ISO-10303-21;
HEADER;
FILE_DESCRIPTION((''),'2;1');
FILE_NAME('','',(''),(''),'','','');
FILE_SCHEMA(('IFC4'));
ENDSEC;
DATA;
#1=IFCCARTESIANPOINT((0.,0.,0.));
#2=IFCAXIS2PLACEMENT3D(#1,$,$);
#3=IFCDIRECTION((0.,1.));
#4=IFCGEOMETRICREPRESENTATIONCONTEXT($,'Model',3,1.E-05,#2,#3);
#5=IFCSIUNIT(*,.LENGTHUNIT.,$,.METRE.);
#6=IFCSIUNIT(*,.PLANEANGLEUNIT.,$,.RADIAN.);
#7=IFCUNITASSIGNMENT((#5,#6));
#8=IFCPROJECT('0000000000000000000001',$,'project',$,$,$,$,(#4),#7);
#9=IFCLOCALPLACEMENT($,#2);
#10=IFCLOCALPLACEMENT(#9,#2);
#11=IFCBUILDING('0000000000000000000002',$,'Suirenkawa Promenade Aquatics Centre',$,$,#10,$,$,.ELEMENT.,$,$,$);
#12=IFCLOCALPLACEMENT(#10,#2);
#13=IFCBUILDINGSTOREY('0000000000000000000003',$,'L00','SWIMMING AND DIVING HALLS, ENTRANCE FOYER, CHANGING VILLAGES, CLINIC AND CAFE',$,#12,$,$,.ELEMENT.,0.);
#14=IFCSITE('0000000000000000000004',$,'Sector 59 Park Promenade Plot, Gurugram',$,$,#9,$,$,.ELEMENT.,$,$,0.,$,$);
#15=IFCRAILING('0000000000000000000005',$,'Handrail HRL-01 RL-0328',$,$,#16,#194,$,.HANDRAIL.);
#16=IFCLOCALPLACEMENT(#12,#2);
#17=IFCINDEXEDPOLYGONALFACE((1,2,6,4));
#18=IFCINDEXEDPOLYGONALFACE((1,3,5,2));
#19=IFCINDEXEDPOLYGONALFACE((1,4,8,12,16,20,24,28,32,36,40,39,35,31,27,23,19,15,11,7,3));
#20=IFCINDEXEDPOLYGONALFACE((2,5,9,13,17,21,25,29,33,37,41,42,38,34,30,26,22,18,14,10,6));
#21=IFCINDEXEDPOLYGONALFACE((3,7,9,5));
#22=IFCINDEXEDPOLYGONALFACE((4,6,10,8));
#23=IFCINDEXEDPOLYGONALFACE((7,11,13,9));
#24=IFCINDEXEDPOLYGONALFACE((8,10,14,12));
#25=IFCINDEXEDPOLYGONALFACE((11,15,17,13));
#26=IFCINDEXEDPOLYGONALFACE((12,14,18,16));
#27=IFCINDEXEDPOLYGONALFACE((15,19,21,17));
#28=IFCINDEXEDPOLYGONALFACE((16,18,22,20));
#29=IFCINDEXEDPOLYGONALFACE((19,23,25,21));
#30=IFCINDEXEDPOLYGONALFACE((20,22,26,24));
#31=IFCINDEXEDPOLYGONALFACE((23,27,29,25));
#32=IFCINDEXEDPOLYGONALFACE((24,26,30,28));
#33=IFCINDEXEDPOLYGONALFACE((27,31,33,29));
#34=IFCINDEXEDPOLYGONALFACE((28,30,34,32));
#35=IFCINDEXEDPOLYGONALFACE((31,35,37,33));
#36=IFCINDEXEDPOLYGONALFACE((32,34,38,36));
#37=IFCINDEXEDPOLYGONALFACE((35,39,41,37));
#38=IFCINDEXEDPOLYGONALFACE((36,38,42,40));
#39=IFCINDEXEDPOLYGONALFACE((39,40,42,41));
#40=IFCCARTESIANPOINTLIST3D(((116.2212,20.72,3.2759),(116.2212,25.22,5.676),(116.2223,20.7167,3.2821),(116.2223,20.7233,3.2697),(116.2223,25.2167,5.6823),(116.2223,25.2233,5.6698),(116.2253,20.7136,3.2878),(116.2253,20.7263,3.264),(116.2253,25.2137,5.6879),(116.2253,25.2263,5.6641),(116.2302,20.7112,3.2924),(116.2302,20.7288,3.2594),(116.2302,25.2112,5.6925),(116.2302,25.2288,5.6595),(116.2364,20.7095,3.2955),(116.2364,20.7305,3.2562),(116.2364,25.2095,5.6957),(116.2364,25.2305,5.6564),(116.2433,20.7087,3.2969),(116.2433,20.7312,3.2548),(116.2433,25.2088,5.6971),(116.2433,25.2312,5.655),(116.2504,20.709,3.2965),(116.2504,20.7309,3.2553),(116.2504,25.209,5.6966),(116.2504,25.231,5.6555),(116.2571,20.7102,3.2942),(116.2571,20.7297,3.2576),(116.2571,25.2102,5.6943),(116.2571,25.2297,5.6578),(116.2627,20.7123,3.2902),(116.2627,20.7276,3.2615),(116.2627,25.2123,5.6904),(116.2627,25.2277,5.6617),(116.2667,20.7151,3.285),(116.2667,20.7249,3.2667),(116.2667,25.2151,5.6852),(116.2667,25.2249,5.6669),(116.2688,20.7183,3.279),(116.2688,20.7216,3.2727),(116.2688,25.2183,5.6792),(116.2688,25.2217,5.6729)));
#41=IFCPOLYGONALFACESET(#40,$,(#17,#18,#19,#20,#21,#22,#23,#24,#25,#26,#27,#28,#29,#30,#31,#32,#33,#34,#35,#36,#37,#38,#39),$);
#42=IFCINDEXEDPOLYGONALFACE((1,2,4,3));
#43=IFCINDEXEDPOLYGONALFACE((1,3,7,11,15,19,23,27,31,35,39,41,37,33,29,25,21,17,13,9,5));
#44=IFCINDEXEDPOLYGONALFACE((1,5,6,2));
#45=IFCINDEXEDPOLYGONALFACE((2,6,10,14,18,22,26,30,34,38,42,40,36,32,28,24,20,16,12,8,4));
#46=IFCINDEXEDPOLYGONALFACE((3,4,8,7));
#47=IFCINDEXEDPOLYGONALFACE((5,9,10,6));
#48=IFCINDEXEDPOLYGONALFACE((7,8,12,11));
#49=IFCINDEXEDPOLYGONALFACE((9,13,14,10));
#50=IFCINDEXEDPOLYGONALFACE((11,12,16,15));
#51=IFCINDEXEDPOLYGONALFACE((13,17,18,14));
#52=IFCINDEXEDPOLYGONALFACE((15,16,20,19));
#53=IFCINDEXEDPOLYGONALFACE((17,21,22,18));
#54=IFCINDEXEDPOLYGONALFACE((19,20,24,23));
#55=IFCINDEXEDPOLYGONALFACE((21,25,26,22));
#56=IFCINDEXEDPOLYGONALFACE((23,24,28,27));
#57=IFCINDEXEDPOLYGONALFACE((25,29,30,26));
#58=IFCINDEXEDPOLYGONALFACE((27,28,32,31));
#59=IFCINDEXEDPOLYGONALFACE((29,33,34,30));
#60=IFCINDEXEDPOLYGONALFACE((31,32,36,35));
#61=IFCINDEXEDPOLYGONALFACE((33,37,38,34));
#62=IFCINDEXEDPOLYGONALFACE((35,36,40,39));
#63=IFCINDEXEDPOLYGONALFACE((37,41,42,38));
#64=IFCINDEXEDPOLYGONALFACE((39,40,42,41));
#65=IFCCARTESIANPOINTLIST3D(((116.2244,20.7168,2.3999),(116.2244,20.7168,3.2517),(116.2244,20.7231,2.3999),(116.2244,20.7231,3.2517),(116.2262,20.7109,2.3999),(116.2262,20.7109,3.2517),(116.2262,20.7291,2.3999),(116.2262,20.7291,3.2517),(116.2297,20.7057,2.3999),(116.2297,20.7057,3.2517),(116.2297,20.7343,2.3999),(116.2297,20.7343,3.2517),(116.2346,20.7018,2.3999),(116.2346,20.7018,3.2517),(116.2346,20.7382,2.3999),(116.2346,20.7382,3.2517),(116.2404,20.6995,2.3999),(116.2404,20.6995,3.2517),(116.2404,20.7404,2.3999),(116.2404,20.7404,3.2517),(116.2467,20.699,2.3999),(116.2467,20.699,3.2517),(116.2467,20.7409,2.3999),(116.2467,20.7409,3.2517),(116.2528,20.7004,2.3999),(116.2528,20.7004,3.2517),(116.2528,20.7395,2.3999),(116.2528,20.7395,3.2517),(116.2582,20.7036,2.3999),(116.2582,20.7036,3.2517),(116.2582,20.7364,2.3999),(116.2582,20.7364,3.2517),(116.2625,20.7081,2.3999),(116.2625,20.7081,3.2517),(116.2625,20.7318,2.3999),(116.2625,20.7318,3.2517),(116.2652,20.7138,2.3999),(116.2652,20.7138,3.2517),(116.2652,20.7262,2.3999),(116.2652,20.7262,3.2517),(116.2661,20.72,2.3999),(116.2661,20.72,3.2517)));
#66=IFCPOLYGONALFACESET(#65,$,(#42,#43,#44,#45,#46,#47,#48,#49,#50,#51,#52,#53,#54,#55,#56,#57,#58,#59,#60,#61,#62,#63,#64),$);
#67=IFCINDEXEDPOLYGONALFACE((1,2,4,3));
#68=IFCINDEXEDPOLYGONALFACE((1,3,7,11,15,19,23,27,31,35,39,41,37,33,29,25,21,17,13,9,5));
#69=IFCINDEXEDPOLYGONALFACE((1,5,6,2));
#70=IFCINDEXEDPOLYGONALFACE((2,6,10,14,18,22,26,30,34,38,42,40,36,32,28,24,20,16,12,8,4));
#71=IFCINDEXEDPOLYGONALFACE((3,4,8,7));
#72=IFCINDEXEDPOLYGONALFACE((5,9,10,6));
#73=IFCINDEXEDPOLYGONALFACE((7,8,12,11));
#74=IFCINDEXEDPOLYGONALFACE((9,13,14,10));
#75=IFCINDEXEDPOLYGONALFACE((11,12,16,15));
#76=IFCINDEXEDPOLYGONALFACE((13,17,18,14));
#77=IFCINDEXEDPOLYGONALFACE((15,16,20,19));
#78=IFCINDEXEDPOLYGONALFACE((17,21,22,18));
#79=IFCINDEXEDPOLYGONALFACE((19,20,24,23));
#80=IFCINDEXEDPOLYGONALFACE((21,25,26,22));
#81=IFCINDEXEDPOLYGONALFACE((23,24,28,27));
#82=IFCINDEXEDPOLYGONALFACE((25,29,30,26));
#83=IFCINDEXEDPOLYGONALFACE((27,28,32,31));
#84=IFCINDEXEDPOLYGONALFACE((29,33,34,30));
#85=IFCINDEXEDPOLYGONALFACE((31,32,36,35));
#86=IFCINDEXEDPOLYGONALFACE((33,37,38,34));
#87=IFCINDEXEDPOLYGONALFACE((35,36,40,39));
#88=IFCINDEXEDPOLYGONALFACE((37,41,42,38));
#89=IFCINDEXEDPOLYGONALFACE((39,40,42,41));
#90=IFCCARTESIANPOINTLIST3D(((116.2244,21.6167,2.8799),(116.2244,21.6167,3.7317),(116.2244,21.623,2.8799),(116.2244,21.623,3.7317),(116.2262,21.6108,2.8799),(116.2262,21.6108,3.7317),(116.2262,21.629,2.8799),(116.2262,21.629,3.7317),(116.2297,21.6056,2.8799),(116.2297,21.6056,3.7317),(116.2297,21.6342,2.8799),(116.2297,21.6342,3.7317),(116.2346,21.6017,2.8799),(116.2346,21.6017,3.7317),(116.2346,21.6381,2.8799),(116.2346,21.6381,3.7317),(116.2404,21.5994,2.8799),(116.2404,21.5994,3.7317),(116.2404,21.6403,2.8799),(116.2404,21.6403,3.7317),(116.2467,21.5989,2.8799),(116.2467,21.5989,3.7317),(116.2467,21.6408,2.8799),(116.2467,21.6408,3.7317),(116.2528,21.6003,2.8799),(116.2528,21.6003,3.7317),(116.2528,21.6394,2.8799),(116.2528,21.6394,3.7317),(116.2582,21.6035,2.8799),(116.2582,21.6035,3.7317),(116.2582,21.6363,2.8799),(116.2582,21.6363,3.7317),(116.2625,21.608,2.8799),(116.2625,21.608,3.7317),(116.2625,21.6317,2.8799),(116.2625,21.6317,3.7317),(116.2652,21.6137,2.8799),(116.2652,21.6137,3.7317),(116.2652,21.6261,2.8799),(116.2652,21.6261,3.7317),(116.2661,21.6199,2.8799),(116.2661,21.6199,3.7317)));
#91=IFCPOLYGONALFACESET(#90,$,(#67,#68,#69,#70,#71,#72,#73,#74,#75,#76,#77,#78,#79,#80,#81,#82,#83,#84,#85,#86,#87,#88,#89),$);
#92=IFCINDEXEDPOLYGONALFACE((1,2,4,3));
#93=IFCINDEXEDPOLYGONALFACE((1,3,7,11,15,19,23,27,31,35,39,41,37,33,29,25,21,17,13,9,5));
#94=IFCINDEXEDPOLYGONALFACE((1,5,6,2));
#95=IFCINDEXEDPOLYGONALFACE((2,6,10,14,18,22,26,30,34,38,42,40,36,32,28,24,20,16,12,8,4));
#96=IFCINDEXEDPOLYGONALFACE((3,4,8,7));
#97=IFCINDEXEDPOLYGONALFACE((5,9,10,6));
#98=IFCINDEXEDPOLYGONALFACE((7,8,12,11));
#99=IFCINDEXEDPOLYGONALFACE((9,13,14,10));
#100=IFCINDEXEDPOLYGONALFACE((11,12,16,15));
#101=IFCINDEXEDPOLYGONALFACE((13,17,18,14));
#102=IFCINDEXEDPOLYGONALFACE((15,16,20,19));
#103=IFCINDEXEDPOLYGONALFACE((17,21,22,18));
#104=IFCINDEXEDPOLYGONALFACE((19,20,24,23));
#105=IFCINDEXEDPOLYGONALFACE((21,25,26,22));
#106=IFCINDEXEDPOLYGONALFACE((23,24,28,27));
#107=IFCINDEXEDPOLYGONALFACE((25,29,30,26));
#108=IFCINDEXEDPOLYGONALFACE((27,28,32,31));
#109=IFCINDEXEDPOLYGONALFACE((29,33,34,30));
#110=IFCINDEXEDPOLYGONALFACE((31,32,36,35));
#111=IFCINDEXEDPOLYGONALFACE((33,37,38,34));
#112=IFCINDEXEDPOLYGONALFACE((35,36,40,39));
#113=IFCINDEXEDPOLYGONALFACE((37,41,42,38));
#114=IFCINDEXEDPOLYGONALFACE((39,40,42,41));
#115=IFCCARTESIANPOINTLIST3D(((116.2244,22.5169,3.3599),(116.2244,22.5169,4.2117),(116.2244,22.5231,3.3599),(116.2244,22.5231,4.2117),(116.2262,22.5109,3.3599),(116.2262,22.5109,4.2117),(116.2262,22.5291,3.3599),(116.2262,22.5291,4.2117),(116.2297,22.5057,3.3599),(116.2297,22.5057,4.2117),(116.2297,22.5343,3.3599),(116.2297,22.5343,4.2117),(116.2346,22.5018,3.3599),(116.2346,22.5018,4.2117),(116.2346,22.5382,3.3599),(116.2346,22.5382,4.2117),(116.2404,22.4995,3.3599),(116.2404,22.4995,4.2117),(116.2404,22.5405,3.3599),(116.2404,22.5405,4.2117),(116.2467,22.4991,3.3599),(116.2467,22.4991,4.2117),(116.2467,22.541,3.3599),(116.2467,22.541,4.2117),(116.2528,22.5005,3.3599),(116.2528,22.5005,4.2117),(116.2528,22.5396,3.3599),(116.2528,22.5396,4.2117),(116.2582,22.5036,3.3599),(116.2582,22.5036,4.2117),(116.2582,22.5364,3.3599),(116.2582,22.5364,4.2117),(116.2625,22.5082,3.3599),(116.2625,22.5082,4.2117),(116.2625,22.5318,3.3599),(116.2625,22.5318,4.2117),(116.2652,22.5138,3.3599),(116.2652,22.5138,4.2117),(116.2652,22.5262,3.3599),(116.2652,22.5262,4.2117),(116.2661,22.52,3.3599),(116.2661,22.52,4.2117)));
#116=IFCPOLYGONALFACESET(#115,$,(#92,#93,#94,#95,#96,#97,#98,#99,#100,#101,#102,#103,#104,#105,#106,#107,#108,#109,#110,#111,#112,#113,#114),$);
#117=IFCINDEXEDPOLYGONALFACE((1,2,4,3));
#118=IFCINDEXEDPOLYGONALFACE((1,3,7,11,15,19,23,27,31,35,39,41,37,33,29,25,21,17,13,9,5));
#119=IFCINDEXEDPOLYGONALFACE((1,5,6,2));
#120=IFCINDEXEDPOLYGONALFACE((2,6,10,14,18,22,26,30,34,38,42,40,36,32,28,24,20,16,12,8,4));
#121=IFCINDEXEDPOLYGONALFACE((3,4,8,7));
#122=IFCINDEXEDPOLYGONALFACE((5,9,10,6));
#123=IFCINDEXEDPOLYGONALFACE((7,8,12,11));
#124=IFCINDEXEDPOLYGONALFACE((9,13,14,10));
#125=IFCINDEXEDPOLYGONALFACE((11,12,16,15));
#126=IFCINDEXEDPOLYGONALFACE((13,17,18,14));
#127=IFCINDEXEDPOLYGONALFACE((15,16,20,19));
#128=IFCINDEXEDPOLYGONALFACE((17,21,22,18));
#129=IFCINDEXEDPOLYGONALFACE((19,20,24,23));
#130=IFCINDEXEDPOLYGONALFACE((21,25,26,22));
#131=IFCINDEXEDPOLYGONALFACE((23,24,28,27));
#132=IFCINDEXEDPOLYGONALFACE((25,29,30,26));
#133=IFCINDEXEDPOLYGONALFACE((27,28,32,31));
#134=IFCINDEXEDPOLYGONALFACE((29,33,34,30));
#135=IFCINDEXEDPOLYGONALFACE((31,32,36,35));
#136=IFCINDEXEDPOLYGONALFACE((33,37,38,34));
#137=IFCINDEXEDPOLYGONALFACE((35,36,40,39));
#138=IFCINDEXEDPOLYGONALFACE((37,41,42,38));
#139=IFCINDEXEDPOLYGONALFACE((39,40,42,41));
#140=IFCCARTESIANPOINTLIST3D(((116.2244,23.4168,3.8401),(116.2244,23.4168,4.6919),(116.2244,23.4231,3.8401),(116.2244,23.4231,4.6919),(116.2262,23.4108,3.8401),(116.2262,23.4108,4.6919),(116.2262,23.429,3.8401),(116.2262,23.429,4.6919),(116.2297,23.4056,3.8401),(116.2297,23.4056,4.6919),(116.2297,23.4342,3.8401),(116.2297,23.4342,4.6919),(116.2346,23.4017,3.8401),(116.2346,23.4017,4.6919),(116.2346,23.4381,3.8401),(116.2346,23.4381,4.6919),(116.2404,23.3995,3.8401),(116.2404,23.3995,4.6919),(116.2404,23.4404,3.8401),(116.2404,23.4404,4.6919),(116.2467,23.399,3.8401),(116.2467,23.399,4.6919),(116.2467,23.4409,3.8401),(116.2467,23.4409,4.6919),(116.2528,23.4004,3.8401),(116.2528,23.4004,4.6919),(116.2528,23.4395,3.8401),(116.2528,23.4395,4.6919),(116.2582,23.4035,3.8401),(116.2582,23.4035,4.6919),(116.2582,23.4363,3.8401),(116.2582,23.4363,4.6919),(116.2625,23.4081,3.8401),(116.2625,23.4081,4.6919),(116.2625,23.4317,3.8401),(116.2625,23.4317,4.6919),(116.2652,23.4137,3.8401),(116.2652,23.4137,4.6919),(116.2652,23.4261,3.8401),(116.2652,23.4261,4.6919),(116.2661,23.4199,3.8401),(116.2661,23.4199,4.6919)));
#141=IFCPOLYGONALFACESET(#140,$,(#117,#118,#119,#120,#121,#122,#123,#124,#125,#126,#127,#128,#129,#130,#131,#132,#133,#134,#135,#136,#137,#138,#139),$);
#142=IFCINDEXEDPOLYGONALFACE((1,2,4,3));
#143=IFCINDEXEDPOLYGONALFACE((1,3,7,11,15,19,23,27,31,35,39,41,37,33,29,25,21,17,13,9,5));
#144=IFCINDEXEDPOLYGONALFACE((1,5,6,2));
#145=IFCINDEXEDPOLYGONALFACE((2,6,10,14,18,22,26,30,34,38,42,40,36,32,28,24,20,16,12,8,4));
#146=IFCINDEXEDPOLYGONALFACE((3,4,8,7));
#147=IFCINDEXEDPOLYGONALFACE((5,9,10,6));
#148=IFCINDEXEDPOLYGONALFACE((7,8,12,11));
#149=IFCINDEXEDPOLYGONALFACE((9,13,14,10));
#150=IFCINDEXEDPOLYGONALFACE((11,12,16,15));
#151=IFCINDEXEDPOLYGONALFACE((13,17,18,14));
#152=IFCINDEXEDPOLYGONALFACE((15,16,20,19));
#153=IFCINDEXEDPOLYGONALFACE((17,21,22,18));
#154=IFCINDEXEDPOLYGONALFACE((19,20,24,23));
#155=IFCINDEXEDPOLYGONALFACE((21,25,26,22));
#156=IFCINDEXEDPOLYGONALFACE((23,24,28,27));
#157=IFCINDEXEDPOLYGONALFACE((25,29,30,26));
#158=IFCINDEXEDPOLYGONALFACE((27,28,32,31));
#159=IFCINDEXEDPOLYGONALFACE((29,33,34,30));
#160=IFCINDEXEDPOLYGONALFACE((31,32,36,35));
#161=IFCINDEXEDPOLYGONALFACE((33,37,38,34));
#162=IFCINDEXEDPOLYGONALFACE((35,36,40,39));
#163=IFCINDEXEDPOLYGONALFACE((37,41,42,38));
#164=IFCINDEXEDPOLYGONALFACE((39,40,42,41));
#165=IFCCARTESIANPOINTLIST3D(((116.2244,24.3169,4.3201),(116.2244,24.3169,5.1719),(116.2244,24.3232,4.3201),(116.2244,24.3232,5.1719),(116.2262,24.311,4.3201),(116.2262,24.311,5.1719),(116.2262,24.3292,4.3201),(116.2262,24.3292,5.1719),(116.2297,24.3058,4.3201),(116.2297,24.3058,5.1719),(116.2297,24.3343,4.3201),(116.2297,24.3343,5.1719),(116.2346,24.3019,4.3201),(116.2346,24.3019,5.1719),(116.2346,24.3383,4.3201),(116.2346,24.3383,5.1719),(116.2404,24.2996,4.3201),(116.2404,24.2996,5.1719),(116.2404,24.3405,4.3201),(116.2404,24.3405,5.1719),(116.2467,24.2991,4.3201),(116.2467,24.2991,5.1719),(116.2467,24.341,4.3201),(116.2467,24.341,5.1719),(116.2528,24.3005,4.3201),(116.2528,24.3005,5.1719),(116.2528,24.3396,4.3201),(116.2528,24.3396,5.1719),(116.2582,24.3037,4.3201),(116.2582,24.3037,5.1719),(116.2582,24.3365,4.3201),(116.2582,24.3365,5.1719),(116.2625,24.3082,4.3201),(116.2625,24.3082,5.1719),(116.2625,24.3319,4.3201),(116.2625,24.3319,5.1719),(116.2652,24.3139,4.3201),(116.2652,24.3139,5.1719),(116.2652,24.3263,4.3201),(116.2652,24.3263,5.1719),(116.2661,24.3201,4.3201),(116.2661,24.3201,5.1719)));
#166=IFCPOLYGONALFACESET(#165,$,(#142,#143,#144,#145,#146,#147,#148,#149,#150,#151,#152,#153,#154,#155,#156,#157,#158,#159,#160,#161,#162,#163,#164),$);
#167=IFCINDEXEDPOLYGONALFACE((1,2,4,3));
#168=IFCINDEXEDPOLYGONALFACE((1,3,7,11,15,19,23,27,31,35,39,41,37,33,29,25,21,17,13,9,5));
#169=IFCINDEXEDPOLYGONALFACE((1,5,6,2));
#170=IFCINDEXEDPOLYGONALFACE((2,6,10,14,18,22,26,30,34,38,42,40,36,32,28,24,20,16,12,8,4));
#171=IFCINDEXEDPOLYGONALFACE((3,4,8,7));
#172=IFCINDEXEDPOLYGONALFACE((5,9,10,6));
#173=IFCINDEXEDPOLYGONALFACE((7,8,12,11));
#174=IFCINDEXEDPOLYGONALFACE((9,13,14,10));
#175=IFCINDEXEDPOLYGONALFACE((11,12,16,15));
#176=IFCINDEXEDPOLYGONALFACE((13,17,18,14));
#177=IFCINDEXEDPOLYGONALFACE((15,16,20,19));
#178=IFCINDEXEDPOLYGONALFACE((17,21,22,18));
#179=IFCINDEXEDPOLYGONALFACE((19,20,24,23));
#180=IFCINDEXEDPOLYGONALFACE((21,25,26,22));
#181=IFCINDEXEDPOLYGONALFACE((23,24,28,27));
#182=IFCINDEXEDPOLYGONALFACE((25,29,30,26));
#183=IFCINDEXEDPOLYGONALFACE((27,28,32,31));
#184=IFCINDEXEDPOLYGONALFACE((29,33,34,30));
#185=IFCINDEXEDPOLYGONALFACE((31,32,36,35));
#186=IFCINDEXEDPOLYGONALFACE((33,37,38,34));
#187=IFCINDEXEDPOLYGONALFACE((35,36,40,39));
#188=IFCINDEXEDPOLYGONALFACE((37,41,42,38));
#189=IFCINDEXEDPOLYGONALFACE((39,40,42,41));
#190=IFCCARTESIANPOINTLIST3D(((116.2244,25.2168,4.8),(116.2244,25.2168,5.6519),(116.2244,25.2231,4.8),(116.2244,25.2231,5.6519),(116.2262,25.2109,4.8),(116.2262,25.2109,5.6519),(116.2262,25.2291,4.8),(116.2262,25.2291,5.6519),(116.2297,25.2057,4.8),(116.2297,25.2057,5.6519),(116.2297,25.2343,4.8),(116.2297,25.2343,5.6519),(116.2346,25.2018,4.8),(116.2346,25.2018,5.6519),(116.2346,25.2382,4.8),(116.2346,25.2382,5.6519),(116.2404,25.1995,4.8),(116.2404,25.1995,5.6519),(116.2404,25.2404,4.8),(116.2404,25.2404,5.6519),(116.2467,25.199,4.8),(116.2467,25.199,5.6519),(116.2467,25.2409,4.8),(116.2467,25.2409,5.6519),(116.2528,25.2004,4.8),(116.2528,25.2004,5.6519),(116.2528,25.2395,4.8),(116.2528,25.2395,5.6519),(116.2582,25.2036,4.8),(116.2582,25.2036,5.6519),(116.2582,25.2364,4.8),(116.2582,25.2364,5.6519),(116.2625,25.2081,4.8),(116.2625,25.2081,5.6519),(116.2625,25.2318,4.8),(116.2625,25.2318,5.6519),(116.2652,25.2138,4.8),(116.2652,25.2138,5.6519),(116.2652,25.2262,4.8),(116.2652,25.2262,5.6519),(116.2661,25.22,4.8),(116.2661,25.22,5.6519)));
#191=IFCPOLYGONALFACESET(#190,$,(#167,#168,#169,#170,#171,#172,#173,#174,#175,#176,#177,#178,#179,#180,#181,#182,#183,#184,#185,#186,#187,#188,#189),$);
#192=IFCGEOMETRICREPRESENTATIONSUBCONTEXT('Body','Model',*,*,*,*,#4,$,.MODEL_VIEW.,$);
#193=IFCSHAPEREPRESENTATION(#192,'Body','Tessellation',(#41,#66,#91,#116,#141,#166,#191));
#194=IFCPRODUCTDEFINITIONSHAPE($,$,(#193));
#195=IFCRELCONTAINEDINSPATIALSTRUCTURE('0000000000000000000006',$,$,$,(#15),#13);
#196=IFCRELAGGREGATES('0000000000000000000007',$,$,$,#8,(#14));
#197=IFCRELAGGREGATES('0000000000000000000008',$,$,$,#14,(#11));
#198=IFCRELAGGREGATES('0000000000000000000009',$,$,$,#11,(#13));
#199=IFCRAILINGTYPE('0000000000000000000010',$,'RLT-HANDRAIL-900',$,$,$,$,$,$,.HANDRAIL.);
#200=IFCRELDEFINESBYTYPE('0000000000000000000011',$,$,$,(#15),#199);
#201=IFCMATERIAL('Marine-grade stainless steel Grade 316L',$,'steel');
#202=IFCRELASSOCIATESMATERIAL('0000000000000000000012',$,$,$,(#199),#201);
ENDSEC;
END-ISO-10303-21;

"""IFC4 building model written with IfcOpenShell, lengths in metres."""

from ifc_helpers import new_model, si_unit, direction, frame, origin, origin_2d, place, context, subcontext, project, spatial, circle, extrude, material, type_object, element, save


model = new_model("IFC4")

# Units and contexts
model_context = context("Model", 3, precision=1e-05, world=origin(), true_north=direction((0.0, 1.0)))
body_context = subcontext(model_context, "Body", "Model", "MODEL_VIEW")
ifc_project = project(units=[si_unit("LENGTHUNIT", "METRE"), si_unit("PLANEANGLEUNIT", "RADIAN")], contexts=[model_context])

# Site, building, storey
site_placement = place(None, origin())
site = spatial("IfcSite", under=ifc_project, at=site_placement, Name="Sector 59 Park Promenade Plot, Gurugram", CompositionType="ELEMENT", RefElevation=0.0)
building_placement = place(site_placement, origin())
building = spatial("IfcBuilding", under=site, at=building_placement, Name="Suirenkawa Promenade Aquatics Centre", CompositionType="ELEMENT")
storey_placement = place(building_placement, origin())
storey = spatial("IfcBuildingStorey", under=building, at=storey_placement, Name="L00", Description="SWIMMING AND DIVING HALLS, ENTRANCE FOYER, CHANGING VILLAGES, CLINIC AND CAFE", CompositionType="ELEMENT", Elevation=0.0)

# Railing
ifc_material_1 = material(Name="Marine-grade stainless steel Grade 316L", Category="steel")
railing_type_1 = type_object("IfcRailingType", Name="RLT-HANDRAIL-900", PredefinedType="HANDRAIL", material=ifc_material_1)
for number, where, name in (
    (1, (116.2451, 20.72, 2.3999), "Handrail HRL-01 RL-0328"),
):
    element("IfcRailing", number, at=place(storey_placement, frame(where)), inside=storey, type_object=railing_type_1, Name=name, PredefinedType="HANDRAIL", context=body_context, shape_type="SweptSolid", body=[
        extrude(circle(Radius=0.0239, at=origin_2d()), frame((0.0, 0.0, 0.876), z_axis=(0.0, 0.882341, 0.470611), x_axis=(-1.0, 0.0, 0.0)), (0.0, 0.0, 1.0), 5.1001),
        extrude(circle(Radius=0.021, at=origin_2d()), origin(), (0.0, 0.0, 1.0), 0.8518),
        extrude(circle(Radius=0.021, at=origin_2d()), frame((0.0, 0.8999, 0.48)), (0.0, 0.0, 1.0), 0.8518),
        extrude(circle(Radius=0.021, at=origin_2d()), frame((0.0, 1.8, 0.96)), (0.0, 0.0, 1.0), 0.8518),
        extrude(circle(Radius=0.021, at=origin_2d()), frame((0.0, 2.7, 1.4402)), (0.0, 0.0, 1.0), 0.8518),
        extrude(circle(Radius=0.021, at=origin_2d()), frame((0.0, 3.6001, 1.9202)), (0.0, 0.0, 1.0), 0.8518),
        extrude(circle(Radius=0.021, at=origin_2d()), frame((0.0, 4.5, 2.4001)), (0.0, 0.0, 1.0), 0.8518),
    ])

save(model, "model.ifc")
